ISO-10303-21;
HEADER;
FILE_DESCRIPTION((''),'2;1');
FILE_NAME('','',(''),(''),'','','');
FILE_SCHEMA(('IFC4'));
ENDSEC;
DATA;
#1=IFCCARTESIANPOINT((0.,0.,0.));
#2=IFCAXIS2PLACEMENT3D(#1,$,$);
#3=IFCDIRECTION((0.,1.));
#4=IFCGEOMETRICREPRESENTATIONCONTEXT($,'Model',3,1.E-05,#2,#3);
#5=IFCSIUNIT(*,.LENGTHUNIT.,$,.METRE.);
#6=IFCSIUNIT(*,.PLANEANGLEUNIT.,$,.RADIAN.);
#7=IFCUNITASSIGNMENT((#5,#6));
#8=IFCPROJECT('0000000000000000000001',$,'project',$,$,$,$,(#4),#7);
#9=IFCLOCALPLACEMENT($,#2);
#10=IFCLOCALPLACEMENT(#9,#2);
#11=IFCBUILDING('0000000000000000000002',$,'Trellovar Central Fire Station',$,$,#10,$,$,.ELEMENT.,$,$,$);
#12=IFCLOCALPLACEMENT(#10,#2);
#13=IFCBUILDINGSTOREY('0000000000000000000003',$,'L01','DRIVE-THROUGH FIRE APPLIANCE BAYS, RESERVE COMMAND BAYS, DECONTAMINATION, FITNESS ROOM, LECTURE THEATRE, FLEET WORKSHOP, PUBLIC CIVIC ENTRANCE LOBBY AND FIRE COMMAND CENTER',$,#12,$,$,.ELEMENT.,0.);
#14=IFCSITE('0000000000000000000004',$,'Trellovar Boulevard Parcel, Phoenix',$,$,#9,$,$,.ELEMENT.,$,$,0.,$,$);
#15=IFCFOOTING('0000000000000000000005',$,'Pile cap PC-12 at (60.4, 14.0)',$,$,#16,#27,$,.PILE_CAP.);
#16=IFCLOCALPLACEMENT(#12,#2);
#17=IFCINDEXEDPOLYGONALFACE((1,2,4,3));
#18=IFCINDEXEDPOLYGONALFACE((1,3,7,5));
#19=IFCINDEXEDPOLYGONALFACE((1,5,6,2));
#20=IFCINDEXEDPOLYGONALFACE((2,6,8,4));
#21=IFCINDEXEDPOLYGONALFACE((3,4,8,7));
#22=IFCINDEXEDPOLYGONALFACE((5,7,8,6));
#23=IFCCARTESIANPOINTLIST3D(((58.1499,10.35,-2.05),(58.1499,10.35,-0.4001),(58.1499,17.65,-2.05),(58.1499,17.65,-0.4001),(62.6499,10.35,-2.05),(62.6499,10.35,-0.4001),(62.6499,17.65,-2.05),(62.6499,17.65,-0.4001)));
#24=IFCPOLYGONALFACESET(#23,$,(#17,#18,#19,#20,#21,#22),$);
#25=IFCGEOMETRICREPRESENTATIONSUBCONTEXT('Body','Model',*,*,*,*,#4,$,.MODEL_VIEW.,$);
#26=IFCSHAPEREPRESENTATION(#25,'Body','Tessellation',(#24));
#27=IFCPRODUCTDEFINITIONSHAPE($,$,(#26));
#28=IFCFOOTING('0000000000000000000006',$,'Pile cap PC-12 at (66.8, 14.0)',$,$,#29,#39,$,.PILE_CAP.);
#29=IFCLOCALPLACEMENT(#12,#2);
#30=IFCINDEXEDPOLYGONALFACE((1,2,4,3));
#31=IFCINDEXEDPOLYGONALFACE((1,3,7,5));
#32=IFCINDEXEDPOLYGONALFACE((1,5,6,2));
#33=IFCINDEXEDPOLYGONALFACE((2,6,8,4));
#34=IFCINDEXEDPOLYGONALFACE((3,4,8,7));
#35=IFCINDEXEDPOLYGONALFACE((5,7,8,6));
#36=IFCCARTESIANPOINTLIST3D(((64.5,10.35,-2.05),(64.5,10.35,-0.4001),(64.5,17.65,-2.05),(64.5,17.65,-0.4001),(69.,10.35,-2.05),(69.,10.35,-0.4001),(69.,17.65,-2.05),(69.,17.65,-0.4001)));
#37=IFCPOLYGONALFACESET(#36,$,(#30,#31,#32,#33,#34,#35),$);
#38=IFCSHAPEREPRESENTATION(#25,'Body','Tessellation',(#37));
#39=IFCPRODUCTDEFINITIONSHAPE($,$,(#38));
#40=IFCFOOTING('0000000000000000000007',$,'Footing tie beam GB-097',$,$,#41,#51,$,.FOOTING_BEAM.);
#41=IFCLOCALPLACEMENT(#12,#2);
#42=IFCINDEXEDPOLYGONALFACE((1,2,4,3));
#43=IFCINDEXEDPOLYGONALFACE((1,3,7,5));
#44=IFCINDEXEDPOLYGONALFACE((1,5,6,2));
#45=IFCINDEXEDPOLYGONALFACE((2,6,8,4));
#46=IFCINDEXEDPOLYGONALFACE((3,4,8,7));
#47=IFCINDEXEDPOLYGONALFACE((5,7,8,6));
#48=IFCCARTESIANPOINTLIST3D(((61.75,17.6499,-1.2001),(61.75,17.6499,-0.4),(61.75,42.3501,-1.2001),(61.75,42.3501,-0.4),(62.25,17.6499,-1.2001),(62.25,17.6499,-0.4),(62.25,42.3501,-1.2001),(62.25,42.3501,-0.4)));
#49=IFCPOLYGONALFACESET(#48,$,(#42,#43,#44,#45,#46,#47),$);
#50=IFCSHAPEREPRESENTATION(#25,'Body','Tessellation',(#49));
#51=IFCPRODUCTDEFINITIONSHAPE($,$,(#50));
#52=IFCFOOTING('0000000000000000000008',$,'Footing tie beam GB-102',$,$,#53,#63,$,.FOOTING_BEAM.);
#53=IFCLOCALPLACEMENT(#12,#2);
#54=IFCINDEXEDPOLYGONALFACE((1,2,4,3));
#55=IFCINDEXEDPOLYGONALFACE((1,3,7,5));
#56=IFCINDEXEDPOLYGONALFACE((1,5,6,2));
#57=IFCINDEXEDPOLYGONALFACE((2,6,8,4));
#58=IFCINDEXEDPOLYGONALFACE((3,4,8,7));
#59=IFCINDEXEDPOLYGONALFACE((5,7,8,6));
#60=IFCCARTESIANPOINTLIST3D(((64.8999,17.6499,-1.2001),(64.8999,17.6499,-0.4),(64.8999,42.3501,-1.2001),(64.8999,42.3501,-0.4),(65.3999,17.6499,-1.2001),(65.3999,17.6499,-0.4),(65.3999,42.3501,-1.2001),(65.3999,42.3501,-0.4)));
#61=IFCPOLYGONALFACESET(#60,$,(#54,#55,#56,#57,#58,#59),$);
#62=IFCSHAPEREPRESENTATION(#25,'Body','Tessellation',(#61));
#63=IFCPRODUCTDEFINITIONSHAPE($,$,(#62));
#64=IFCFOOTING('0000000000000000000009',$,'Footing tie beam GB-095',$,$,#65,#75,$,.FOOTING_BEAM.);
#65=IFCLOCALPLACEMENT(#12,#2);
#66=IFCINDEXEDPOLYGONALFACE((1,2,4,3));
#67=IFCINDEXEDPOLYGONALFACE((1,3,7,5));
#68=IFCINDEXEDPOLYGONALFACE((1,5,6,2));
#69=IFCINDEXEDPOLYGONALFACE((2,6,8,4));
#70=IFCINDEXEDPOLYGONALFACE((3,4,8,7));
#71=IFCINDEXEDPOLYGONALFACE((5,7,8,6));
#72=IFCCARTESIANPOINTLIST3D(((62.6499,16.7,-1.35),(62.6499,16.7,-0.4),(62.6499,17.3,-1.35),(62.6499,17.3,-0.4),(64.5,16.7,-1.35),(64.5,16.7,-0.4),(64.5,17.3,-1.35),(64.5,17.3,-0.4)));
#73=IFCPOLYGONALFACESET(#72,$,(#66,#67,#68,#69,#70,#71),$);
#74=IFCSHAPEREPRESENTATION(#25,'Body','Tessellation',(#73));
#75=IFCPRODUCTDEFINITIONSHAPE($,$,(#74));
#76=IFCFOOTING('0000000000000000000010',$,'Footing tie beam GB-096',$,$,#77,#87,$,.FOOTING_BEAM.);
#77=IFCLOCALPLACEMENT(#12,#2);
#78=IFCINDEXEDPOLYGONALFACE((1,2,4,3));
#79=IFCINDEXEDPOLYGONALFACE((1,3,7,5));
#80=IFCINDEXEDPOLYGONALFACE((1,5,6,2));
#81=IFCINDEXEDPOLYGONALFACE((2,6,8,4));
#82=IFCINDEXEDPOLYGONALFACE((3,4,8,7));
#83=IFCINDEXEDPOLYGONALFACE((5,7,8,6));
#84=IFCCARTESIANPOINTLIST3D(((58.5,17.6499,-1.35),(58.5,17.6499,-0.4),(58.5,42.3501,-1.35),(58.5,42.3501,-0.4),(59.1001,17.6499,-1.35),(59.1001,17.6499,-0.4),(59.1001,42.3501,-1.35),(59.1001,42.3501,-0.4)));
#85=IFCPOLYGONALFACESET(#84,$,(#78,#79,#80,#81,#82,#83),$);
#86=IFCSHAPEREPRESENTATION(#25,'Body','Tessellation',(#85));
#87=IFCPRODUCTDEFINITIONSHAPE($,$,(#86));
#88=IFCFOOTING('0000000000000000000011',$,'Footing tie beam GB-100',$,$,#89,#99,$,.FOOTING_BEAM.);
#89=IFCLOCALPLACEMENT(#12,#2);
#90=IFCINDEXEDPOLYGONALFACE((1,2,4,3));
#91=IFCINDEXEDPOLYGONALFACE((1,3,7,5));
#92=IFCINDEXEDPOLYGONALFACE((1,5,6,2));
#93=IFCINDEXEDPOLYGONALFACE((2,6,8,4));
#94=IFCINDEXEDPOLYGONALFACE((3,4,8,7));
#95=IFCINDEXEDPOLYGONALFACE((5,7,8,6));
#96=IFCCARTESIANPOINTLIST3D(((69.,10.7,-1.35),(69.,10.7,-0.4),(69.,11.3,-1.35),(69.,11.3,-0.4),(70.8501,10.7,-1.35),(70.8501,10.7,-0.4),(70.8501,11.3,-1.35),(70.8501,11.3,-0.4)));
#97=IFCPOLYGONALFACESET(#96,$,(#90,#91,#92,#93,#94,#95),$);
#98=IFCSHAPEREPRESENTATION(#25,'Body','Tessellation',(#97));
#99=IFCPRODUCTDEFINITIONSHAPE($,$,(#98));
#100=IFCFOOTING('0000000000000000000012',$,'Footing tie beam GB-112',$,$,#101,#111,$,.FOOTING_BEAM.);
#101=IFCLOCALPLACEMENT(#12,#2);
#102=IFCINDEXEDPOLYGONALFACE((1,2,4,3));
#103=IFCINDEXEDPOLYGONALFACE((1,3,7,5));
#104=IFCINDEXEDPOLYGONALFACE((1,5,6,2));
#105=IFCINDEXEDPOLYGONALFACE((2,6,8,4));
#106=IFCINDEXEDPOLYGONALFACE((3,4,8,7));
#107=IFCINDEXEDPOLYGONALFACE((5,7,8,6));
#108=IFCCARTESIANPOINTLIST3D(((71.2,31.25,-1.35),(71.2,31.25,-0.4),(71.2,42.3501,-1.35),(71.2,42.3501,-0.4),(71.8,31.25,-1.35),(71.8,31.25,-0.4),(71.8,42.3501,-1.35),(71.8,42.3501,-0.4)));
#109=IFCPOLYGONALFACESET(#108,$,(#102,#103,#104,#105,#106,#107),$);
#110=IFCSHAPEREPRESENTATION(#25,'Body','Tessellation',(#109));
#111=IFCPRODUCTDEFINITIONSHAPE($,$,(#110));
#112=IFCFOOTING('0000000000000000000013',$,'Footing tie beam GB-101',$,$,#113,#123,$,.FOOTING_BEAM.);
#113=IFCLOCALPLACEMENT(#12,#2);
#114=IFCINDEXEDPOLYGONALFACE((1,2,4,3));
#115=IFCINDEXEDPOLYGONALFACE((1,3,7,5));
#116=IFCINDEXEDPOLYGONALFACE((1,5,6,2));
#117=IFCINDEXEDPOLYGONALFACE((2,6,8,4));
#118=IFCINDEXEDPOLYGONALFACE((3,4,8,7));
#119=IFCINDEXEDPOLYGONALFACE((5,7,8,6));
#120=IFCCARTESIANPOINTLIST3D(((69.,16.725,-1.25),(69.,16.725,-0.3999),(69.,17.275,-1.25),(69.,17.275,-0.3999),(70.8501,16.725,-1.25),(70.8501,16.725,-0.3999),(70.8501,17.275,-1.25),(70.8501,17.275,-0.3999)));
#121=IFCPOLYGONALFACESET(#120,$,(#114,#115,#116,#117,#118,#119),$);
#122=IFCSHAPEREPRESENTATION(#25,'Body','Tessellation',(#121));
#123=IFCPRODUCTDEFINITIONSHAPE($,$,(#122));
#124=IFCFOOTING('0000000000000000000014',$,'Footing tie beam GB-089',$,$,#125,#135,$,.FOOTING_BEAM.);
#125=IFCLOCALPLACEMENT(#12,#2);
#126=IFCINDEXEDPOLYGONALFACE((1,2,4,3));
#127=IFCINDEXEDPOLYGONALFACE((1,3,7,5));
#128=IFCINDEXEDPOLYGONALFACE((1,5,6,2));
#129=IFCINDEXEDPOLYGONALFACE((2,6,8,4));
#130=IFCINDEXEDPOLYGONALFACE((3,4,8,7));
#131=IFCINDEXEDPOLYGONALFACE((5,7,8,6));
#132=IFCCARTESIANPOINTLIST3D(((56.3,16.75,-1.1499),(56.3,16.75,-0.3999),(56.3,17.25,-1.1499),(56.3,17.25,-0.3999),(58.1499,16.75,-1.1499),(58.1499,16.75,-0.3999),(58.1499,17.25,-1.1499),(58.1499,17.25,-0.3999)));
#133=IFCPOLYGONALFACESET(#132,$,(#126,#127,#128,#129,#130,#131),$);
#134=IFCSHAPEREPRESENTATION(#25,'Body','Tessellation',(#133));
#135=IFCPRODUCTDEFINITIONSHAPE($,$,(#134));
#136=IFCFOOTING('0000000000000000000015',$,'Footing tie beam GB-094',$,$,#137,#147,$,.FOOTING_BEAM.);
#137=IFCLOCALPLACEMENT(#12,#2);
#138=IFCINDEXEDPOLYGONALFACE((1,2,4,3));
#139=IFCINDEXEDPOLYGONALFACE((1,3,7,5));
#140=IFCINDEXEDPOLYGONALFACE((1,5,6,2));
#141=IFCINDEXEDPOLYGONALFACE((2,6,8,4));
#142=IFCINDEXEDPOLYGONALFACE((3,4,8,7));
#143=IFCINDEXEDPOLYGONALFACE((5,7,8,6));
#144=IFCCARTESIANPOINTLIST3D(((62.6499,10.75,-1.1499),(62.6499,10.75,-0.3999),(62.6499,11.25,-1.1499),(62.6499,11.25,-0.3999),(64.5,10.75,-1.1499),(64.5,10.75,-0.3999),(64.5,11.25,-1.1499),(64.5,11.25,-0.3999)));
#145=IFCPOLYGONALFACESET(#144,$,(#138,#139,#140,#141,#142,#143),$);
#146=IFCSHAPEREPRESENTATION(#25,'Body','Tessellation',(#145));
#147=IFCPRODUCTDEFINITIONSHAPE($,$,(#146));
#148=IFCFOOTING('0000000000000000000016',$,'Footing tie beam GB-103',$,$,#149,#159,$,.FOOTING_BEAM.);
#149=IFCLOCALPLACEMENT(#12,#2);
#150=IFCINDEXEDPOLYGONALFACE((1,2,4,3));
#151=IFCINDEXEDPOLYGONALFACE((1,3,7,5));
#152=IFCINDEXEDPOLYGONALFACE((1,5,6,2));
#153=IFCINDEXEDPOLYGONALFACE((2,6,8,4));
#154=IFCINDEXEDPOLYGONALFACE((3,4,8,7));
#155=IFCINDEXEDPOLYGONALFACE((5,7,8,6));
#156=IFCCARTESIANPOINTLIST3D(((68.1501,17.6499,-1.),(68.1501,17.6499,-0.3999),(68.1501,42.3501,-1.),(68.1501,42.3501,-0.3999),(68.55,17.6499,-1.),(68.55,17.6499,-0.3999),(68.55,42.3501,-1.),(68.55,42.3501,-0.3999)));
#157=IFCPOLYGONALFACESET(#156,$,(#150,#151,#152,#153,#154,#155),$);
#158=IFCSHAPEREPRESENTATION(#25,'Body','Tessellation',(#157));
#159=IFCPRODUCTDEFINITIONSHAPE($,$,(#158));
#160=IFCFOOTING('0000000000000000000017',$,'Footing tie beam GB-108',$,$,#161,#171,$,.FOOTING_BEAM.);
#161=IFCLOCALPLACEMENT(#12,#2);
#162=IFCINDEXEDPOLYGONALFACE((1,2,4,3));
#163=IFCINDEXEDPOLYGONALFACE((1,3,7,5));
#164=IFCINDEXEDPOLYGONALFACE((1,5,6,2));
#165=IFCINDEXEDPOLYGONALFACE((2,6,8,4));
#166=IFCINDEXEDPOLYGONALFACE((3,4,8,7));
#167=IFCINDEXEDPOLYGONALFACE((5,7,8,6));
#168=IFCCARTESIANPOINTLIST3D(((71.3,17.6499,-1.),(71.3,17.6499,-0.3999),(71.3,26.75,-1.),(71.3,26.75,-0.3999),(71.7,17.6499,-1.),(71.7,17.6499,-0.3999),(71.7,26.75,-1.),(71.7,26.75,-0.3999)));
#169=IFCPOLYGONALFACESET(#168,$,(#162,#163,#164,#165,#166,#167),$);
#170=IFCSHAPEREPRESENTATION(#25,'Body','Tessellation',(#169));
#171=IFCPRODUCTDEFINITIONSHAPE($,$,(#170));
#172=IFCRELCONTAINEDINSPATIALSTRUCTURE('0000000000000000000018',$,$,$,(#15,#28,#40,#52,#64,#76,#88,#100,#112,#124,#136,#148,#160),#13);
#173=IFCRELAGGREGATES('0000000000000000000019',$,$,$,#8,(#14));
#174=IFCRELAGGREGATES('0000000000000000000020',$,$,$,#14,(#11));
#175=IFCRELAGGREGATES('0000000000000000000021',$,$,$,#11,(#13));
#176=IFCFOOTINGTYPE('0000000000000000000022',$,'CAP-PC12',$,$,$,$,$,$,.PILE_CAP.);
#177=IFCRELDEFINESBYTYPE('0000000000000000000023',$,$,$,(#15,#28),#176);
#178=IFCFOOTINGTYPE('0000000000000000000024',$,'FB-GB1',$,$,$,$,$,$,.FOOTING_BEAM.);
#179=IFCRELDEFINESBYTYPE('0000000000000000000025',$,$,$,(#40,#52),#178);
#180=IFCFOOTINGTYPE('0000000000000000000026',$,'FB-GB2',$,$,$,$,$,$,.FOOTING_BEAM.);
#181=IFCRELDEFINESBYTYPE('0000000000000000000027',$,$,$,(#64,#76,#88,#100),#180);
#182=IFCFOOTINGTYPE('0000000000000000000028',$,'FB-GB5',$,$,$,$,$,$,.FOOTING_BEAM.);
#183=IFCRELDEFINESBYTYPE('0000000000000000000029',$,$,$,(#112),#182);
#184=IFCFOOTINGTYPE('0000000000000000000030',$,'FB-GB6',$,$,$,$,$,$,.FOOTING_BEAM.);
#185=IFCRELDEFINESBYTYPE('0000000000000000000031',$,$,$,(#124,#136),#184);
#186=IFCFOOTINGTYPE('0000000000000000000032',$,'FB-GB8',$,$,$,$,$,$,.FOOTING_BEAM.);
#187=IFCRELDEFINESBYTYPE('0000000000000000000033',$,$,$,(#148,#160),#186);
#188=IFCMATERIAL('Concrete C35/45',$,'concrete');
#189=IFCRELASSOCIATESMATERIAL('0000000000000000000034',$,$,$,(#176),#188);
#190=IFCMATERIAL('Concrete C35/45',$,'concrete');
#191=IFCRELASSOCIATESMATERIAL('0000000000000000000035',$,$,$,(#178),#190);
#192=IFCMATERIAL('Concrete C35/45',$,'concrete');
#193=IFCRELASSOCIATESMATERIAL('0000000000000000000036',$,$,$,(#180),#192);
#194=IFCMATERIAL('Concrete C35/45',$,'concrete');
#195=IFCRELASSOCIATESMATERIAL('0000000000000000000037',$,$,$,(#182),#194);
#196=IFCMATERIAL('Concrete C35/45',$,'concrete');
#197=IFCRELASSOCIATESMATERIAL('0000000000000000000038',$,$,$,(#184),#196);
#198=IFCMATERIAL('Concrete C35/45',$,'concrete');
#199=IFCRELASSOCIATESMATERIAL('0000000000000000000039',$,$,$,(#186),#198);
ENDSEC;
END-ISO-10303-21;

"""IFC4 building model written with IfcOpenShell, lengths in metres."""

from ifc_helpers import new_model, si_unit, direction, frame, origin, origin_2d, place, context, subcontext, project, spatial, rectangle, extrude, material, material_profile, profile_set, type_object, element, save


model = new_model("IFC4")

# Units and contexts
model_context = context("Model", 3, precision=1e-05, world=origin(), true_north=direction((0.0, 1.0)))
body_context = subcontext(model_context, "Body", "Model", "MODEL_VIEW")
ifc_project = project(units=[si_unit("LENGTHUNIT", "METRE"), si_unit("PLANEANGLEUNIT", "RADIAN")], contexts=[model_context])

# Site, building, storey
site_placement = place(None, origin())
site = spatial("IfcSite", under=ifc_project, at=site_placement, Name="Trellovar Boulevard Parcel, Phoenix", CompositionType="ELEMENT", RefElevation=0.0)
building_placement = place(site_placement, origin())
building = spatial("IfcBuilding", under=site, at=building_placement, Name="Trellovar Central Fire Station", CompositionType="ELEMENT")
storey_placement = place(building_placement, origin())
storey = spatial("IfcBuildingStorey", under=building, at=storey_placement, Name="L01", Description="DRIVE-THROUGH FIRE APPLIANCE BAYS, RESERVE COMMAND BAYS, DECONTAMINATION, FITNESS ROOM, LECTURE THEATRE, FLEET WORKSHOP, PUBLIC CIVIC ENTRANCE LOBBY AND FIRE COMMAND CENTER", CompositionType="ELEMENT", Elevation=0.0)

# Footings
ifc_material_1 = material(Name="Concrete C35/45", Category="concrete")
footing_type_1 = type_object("IfcFootingType", Name="CAP-PC12", PredefinedType="PILE_CAP", material=ifc_material_1)
for number, where, z_axis, x_axis, name in (
    (1, (60.3999, 14.0, -2.05), (0.0, 0.0, 1.0), (1.0, 0.0, 0.0), "Pile cap PC-12 at (60.4, 14.0)"),
    (2, (66.75, 14.0, -2.05), (0.0, 0.0, 1.0), (1.0, 0.0, 0.0), "Pile cap PC-12 at (66.8, 14.0)"),
):
    element("IfcFooting", number, at=place(storey_placement, frame(where, z_axis=z_axis, x_axis=x_axis)), inside=storey, type_object=footing_type_1, Name=name, PredefinedType="PILE_CAP", context=body_context, shape_type="SweptSolid", body=[
        extrude(rectangle(XDim=4.5, YDim=7.3, at=origin_2d()), origin(), (0.0, 0.0, 1.0), 1.6499),
    ])
ifc_material_2 = material(Name="Concrete C35/45", Category="concrete")
ifc_material_profile_1 = material_profile(ifc_material_2, rectangle(XDim=0.5, YDim=0.8, at=origin_2d()), Name="RC500X800")
ifc_profile_set_1 = profile_set([ifc_material_profile_1], Name="Concrete C35/45")
footing_type_2 = type_object("IfcFootingType", Name="FB-GB1", PredefinedType="FOOTING_BEAM", material=ifc_profile_set_1)
for number, where, z_axis, x_axis, name in (
    (3, (62.0, 17.6499, -0.8), (0.0, 1.0, 0.0), (-1.0, 0.0, 0.0), "Footing tie beam GB-097"),
    (4, (65.1499, 17.6499, -0.8), (0.0, 1.0, 0.0), (-1.0, 0.0, 0.0), "Footing tie beam GB-102"),
):
    element("IfcFooting", number, at=place(storey_placement, frame(where, z_axis=z_axis, x_axis=x_axis)), inside=storey, type_object=footing_type_2, Name=name, PredefinedType="FOOTING_BEAM", context=body_context, shape_type="SweptSolid", body=[
        extrude(rectangle(XDim=0.5, YDim=0.8, at=origin_2d()), origin(), (0.0, 0.0, 1.0), 24.7002),
    ])
ifc_material_3 = material(Name="Concrete C35/45", Category="concrete")
ifc_material_profile_2 = material_profile(ifc_material_3, rectangle(XDim=0.6001, YDim=0.95, at=origin_2d()), Name="RC600X950")
ifc_profile_set_2 = profile_set([ifc_material_profile_2], Name="Concrete C35/45")
footing_type_3 = type_object("IfcFootingType", Name="FB-GB2", PredefinedType="FOOTING_BEAM", material=ifc_profile_set_2)
footing_1_placement = place(storey_placement, frame((62.6499, 17.0, -0.875), z_axis=(1.0, 0.0, 0.0), x_axis=(0.0, 1.0, 0.0)))
element("IfcFooting", 5, at=footing_1_placement, inside=storey, type_object=footing_type_3, Name="Footing tie beam GB-095", PredefinedType="FOOTING_BEAM", context=body_context, shape_type="SweptSolid", body=[
    extrude(rectangle(XDim=0.6001, YDim=0.95, at=origin_2d()), origin(), (0.0, 0.0, 1.0), 1.8501),
])
footing_2_placement = place(storey_placement, frame((58.8, 17.6499, -0.875), z_axis=(0.0, 1.0, 0.0), x_axis=(-1.0, 0.0, 0.0)))
element("IfcFooting", 6, at=footing_2_placement, inside=storey, type_object=footing_type_3, Name="Footing tie beam GB-096", PredefinedType="FOOTING_BEAM", context=body_context, shape_type="SweptSolid", body=[
    extrude(rectangle(XDim=0.6001, YDim=0.95, at=origin_2d()), origin(), (0.0, 0.0, 1.0), 24.7002),
])
footing_3_placement = place(storey_placement, frame((69.0, 11.0, -0.875), z_axis=(1.0, 0.0, 0.0), x_axis=(0.0, 1.0, 0.0)))
element("IfcFooting", 7, at=footing_3_placement, inside=storey, type_object=footing_type_3, Name="Footing tie beam GB-100", PredefinedType="FOOTING_BEAM", context=body_context, shape_type="SweptSolid", body=[
    extrude(rectangle(XDim=0.6001, YDim=0.95, at=origin_2d()), origin(), (0.0, 0.0, 1.0), 1.8501),
])
footing_4_placement = place(storey_placement, frame((71.5, 31.25, -0.875), z_axis=(0.0, 1.0, 0.0), x_axis=(-1.0, 0.0, 0.0)))
element("IfcFooting", 8, at=footing_4_placement, inside=storey, type_object=footing_type_3, Name="Footing tie beam GB-112", PredefinedType="FOOTING_BEAM", context=body_context, shape_type="SweptSolid", body=[
    extrude(rectangle(XDim=0.6001, YDim=0.95, at=origin_2d()), origin(), (0.0, 0.0, 1.0), 11.1001),
])
ifc_material_4 = material(Name="Concrete C35/45", Category="concrete")
ifc_material_profile_3 = material_profile(ifc_material_4, rectangle(XDim=0.55, YDim=0.8501, at=origin_2d()), Name="RC550X850")
ifc_profile_set_3 = profile_set([ifc_material_profile_3], Name="Concrete C35/45")
footing_type_4 = type_object("IfcFootingType", Name="FB-GB5", PredefinedType="FOOTING_BEAM", material=ifc_profile_set_3)
footing_5_placement = place(storey_placement, frame((69.0, 17.0, -0.825), z_axis=(1.0, 0.0, 0.0), x_axis=(0.0, 1.0, 0.0)))
element("IfcFooting", 9, at=footing_5_placement, inside=storey, type_object=footing_type_4, Name="Footing tie beam GB-101", PredefinedType="FOOTING_BEAM", context=body_context, shape_type="SweptSolid", body=[
    extrude(rectangle(XDim=0.55, YDim=0.8501, at=origin_2d()), origin(), (0.0, 0.0, 1.0), 1.8501),
])
ifc_material_5 = material(Name="Concrete C35/45", Category="concrete")
ifc_material_profile_4 = material_profile(ifc_material_5, rectangle(XDim=0.5, YDim=0.75, at=origin_2d()), Name="RC500X750")
ifc_profile_set_4 = profile_set([ifc_material_profile_4], Name="Concrete C35/45")
footing_type_5 = type_object("IfcFootingType", Name="FB-GB6", PredefinedType="FOOTING_BEAM", material=ifc_profile_set_4)
footing_6_placement = place(storey_placement, frame((56.3, 17.0, -0.7749), z_axis=(1.0, 0.0, 0.0), x_axis=(0.0, 1.0, 0.0)))
element("IfcFooting", 10, at=footing_6_placement, inside=storey, type_object=footing_type_5, Name="Footing tie beam GB-089", PredefinedType="FOOTING_BEAM", context=body_context, shape_type="SweptSolid", body=[
    extrude(rectangle(XDim=0.5, YDim=0.75, at=origin_2d()), origin(), (0.0, 0.0, 1.0), 1.8499),
])
footing_7_placement = place(storey_placement, frame((62.6499, 11.0, -0.7749), z_axis=(1.0, 0.0, 0.0), x_axis=(0.0, 1.0, 0.0)))
element("IfcFooting", 11, at=footing_7_placement, inside=storey, type_object=footing_type_5, Name="Footing tie beam GB-094", PredefinedType="FOOTING_BEAM", context=body_context, shape_type="SweptSolid", body=[
    extrude(rectangle(XDim=0.5, YDim=0.75, at=origin_2d()), origin(), (0.0, 0.0, 1.0), 1.8501),
])
ifc_material_6 = material(Name="Concrete C35/45", Category="concrete")
ifc_material_profile_5 = material_profile(ifc_material_6, rectangle(XDim=0.3999, YDim=0.6001, at=origin_2d()), Name="RC400X600")
ifc_profile_set_5 = profile_set([ifc_material_profile_5], Name="Concrete C35/45")
footing_type_6 = type_object("IfcFootingType", Name="FB-GB8", PredefinedType="FOOTING_BEAM", material=ifc_profile_set_5)
footing_8_placement = place(storey_placement, frame((68.3501, 17.6499, -0.7), z_axis=(0.0, 1.0, 0.0), x_axis=(-1.0, 0.0, 0.0)))
element("IfcFooting", 12, at=footing_8_placement, inside=storey, type_object=footing_type_6, Name="Footing tie beam GB-103", PredefinedType="FOOTING_BEAM", context=body_context, shape_type="SweptSolid", body=[
    extrude(rectangle(XDim=0.3999, YDim=0.6001, at=origin_2d()), origin(), (0.0, 0.0, 1.0), 24.7002),
])
footing_9_placement = place(storey_placement, frame((71.5, 17.6499, -0.7), z_axis=(0.0, 1.0, 0.0), x_axis=(-1.0, 0.0, 0.0)))
element("IfcFooting", 13, at=footing_9_placement, inside=storey, type_object=footing_type_6, Name="Footing tie beam GB-108", PredefinedType="FOOTING_BEAM", context=body_context, shape_type="SweptSolid", body=[
    extrude(rectangle(XDim=0.3999, YDim=0.6001, at=origin_2d()), origin(), (0.0, 0.0, 1.0), 9.1001),
])

save(model, "model.ifc")
